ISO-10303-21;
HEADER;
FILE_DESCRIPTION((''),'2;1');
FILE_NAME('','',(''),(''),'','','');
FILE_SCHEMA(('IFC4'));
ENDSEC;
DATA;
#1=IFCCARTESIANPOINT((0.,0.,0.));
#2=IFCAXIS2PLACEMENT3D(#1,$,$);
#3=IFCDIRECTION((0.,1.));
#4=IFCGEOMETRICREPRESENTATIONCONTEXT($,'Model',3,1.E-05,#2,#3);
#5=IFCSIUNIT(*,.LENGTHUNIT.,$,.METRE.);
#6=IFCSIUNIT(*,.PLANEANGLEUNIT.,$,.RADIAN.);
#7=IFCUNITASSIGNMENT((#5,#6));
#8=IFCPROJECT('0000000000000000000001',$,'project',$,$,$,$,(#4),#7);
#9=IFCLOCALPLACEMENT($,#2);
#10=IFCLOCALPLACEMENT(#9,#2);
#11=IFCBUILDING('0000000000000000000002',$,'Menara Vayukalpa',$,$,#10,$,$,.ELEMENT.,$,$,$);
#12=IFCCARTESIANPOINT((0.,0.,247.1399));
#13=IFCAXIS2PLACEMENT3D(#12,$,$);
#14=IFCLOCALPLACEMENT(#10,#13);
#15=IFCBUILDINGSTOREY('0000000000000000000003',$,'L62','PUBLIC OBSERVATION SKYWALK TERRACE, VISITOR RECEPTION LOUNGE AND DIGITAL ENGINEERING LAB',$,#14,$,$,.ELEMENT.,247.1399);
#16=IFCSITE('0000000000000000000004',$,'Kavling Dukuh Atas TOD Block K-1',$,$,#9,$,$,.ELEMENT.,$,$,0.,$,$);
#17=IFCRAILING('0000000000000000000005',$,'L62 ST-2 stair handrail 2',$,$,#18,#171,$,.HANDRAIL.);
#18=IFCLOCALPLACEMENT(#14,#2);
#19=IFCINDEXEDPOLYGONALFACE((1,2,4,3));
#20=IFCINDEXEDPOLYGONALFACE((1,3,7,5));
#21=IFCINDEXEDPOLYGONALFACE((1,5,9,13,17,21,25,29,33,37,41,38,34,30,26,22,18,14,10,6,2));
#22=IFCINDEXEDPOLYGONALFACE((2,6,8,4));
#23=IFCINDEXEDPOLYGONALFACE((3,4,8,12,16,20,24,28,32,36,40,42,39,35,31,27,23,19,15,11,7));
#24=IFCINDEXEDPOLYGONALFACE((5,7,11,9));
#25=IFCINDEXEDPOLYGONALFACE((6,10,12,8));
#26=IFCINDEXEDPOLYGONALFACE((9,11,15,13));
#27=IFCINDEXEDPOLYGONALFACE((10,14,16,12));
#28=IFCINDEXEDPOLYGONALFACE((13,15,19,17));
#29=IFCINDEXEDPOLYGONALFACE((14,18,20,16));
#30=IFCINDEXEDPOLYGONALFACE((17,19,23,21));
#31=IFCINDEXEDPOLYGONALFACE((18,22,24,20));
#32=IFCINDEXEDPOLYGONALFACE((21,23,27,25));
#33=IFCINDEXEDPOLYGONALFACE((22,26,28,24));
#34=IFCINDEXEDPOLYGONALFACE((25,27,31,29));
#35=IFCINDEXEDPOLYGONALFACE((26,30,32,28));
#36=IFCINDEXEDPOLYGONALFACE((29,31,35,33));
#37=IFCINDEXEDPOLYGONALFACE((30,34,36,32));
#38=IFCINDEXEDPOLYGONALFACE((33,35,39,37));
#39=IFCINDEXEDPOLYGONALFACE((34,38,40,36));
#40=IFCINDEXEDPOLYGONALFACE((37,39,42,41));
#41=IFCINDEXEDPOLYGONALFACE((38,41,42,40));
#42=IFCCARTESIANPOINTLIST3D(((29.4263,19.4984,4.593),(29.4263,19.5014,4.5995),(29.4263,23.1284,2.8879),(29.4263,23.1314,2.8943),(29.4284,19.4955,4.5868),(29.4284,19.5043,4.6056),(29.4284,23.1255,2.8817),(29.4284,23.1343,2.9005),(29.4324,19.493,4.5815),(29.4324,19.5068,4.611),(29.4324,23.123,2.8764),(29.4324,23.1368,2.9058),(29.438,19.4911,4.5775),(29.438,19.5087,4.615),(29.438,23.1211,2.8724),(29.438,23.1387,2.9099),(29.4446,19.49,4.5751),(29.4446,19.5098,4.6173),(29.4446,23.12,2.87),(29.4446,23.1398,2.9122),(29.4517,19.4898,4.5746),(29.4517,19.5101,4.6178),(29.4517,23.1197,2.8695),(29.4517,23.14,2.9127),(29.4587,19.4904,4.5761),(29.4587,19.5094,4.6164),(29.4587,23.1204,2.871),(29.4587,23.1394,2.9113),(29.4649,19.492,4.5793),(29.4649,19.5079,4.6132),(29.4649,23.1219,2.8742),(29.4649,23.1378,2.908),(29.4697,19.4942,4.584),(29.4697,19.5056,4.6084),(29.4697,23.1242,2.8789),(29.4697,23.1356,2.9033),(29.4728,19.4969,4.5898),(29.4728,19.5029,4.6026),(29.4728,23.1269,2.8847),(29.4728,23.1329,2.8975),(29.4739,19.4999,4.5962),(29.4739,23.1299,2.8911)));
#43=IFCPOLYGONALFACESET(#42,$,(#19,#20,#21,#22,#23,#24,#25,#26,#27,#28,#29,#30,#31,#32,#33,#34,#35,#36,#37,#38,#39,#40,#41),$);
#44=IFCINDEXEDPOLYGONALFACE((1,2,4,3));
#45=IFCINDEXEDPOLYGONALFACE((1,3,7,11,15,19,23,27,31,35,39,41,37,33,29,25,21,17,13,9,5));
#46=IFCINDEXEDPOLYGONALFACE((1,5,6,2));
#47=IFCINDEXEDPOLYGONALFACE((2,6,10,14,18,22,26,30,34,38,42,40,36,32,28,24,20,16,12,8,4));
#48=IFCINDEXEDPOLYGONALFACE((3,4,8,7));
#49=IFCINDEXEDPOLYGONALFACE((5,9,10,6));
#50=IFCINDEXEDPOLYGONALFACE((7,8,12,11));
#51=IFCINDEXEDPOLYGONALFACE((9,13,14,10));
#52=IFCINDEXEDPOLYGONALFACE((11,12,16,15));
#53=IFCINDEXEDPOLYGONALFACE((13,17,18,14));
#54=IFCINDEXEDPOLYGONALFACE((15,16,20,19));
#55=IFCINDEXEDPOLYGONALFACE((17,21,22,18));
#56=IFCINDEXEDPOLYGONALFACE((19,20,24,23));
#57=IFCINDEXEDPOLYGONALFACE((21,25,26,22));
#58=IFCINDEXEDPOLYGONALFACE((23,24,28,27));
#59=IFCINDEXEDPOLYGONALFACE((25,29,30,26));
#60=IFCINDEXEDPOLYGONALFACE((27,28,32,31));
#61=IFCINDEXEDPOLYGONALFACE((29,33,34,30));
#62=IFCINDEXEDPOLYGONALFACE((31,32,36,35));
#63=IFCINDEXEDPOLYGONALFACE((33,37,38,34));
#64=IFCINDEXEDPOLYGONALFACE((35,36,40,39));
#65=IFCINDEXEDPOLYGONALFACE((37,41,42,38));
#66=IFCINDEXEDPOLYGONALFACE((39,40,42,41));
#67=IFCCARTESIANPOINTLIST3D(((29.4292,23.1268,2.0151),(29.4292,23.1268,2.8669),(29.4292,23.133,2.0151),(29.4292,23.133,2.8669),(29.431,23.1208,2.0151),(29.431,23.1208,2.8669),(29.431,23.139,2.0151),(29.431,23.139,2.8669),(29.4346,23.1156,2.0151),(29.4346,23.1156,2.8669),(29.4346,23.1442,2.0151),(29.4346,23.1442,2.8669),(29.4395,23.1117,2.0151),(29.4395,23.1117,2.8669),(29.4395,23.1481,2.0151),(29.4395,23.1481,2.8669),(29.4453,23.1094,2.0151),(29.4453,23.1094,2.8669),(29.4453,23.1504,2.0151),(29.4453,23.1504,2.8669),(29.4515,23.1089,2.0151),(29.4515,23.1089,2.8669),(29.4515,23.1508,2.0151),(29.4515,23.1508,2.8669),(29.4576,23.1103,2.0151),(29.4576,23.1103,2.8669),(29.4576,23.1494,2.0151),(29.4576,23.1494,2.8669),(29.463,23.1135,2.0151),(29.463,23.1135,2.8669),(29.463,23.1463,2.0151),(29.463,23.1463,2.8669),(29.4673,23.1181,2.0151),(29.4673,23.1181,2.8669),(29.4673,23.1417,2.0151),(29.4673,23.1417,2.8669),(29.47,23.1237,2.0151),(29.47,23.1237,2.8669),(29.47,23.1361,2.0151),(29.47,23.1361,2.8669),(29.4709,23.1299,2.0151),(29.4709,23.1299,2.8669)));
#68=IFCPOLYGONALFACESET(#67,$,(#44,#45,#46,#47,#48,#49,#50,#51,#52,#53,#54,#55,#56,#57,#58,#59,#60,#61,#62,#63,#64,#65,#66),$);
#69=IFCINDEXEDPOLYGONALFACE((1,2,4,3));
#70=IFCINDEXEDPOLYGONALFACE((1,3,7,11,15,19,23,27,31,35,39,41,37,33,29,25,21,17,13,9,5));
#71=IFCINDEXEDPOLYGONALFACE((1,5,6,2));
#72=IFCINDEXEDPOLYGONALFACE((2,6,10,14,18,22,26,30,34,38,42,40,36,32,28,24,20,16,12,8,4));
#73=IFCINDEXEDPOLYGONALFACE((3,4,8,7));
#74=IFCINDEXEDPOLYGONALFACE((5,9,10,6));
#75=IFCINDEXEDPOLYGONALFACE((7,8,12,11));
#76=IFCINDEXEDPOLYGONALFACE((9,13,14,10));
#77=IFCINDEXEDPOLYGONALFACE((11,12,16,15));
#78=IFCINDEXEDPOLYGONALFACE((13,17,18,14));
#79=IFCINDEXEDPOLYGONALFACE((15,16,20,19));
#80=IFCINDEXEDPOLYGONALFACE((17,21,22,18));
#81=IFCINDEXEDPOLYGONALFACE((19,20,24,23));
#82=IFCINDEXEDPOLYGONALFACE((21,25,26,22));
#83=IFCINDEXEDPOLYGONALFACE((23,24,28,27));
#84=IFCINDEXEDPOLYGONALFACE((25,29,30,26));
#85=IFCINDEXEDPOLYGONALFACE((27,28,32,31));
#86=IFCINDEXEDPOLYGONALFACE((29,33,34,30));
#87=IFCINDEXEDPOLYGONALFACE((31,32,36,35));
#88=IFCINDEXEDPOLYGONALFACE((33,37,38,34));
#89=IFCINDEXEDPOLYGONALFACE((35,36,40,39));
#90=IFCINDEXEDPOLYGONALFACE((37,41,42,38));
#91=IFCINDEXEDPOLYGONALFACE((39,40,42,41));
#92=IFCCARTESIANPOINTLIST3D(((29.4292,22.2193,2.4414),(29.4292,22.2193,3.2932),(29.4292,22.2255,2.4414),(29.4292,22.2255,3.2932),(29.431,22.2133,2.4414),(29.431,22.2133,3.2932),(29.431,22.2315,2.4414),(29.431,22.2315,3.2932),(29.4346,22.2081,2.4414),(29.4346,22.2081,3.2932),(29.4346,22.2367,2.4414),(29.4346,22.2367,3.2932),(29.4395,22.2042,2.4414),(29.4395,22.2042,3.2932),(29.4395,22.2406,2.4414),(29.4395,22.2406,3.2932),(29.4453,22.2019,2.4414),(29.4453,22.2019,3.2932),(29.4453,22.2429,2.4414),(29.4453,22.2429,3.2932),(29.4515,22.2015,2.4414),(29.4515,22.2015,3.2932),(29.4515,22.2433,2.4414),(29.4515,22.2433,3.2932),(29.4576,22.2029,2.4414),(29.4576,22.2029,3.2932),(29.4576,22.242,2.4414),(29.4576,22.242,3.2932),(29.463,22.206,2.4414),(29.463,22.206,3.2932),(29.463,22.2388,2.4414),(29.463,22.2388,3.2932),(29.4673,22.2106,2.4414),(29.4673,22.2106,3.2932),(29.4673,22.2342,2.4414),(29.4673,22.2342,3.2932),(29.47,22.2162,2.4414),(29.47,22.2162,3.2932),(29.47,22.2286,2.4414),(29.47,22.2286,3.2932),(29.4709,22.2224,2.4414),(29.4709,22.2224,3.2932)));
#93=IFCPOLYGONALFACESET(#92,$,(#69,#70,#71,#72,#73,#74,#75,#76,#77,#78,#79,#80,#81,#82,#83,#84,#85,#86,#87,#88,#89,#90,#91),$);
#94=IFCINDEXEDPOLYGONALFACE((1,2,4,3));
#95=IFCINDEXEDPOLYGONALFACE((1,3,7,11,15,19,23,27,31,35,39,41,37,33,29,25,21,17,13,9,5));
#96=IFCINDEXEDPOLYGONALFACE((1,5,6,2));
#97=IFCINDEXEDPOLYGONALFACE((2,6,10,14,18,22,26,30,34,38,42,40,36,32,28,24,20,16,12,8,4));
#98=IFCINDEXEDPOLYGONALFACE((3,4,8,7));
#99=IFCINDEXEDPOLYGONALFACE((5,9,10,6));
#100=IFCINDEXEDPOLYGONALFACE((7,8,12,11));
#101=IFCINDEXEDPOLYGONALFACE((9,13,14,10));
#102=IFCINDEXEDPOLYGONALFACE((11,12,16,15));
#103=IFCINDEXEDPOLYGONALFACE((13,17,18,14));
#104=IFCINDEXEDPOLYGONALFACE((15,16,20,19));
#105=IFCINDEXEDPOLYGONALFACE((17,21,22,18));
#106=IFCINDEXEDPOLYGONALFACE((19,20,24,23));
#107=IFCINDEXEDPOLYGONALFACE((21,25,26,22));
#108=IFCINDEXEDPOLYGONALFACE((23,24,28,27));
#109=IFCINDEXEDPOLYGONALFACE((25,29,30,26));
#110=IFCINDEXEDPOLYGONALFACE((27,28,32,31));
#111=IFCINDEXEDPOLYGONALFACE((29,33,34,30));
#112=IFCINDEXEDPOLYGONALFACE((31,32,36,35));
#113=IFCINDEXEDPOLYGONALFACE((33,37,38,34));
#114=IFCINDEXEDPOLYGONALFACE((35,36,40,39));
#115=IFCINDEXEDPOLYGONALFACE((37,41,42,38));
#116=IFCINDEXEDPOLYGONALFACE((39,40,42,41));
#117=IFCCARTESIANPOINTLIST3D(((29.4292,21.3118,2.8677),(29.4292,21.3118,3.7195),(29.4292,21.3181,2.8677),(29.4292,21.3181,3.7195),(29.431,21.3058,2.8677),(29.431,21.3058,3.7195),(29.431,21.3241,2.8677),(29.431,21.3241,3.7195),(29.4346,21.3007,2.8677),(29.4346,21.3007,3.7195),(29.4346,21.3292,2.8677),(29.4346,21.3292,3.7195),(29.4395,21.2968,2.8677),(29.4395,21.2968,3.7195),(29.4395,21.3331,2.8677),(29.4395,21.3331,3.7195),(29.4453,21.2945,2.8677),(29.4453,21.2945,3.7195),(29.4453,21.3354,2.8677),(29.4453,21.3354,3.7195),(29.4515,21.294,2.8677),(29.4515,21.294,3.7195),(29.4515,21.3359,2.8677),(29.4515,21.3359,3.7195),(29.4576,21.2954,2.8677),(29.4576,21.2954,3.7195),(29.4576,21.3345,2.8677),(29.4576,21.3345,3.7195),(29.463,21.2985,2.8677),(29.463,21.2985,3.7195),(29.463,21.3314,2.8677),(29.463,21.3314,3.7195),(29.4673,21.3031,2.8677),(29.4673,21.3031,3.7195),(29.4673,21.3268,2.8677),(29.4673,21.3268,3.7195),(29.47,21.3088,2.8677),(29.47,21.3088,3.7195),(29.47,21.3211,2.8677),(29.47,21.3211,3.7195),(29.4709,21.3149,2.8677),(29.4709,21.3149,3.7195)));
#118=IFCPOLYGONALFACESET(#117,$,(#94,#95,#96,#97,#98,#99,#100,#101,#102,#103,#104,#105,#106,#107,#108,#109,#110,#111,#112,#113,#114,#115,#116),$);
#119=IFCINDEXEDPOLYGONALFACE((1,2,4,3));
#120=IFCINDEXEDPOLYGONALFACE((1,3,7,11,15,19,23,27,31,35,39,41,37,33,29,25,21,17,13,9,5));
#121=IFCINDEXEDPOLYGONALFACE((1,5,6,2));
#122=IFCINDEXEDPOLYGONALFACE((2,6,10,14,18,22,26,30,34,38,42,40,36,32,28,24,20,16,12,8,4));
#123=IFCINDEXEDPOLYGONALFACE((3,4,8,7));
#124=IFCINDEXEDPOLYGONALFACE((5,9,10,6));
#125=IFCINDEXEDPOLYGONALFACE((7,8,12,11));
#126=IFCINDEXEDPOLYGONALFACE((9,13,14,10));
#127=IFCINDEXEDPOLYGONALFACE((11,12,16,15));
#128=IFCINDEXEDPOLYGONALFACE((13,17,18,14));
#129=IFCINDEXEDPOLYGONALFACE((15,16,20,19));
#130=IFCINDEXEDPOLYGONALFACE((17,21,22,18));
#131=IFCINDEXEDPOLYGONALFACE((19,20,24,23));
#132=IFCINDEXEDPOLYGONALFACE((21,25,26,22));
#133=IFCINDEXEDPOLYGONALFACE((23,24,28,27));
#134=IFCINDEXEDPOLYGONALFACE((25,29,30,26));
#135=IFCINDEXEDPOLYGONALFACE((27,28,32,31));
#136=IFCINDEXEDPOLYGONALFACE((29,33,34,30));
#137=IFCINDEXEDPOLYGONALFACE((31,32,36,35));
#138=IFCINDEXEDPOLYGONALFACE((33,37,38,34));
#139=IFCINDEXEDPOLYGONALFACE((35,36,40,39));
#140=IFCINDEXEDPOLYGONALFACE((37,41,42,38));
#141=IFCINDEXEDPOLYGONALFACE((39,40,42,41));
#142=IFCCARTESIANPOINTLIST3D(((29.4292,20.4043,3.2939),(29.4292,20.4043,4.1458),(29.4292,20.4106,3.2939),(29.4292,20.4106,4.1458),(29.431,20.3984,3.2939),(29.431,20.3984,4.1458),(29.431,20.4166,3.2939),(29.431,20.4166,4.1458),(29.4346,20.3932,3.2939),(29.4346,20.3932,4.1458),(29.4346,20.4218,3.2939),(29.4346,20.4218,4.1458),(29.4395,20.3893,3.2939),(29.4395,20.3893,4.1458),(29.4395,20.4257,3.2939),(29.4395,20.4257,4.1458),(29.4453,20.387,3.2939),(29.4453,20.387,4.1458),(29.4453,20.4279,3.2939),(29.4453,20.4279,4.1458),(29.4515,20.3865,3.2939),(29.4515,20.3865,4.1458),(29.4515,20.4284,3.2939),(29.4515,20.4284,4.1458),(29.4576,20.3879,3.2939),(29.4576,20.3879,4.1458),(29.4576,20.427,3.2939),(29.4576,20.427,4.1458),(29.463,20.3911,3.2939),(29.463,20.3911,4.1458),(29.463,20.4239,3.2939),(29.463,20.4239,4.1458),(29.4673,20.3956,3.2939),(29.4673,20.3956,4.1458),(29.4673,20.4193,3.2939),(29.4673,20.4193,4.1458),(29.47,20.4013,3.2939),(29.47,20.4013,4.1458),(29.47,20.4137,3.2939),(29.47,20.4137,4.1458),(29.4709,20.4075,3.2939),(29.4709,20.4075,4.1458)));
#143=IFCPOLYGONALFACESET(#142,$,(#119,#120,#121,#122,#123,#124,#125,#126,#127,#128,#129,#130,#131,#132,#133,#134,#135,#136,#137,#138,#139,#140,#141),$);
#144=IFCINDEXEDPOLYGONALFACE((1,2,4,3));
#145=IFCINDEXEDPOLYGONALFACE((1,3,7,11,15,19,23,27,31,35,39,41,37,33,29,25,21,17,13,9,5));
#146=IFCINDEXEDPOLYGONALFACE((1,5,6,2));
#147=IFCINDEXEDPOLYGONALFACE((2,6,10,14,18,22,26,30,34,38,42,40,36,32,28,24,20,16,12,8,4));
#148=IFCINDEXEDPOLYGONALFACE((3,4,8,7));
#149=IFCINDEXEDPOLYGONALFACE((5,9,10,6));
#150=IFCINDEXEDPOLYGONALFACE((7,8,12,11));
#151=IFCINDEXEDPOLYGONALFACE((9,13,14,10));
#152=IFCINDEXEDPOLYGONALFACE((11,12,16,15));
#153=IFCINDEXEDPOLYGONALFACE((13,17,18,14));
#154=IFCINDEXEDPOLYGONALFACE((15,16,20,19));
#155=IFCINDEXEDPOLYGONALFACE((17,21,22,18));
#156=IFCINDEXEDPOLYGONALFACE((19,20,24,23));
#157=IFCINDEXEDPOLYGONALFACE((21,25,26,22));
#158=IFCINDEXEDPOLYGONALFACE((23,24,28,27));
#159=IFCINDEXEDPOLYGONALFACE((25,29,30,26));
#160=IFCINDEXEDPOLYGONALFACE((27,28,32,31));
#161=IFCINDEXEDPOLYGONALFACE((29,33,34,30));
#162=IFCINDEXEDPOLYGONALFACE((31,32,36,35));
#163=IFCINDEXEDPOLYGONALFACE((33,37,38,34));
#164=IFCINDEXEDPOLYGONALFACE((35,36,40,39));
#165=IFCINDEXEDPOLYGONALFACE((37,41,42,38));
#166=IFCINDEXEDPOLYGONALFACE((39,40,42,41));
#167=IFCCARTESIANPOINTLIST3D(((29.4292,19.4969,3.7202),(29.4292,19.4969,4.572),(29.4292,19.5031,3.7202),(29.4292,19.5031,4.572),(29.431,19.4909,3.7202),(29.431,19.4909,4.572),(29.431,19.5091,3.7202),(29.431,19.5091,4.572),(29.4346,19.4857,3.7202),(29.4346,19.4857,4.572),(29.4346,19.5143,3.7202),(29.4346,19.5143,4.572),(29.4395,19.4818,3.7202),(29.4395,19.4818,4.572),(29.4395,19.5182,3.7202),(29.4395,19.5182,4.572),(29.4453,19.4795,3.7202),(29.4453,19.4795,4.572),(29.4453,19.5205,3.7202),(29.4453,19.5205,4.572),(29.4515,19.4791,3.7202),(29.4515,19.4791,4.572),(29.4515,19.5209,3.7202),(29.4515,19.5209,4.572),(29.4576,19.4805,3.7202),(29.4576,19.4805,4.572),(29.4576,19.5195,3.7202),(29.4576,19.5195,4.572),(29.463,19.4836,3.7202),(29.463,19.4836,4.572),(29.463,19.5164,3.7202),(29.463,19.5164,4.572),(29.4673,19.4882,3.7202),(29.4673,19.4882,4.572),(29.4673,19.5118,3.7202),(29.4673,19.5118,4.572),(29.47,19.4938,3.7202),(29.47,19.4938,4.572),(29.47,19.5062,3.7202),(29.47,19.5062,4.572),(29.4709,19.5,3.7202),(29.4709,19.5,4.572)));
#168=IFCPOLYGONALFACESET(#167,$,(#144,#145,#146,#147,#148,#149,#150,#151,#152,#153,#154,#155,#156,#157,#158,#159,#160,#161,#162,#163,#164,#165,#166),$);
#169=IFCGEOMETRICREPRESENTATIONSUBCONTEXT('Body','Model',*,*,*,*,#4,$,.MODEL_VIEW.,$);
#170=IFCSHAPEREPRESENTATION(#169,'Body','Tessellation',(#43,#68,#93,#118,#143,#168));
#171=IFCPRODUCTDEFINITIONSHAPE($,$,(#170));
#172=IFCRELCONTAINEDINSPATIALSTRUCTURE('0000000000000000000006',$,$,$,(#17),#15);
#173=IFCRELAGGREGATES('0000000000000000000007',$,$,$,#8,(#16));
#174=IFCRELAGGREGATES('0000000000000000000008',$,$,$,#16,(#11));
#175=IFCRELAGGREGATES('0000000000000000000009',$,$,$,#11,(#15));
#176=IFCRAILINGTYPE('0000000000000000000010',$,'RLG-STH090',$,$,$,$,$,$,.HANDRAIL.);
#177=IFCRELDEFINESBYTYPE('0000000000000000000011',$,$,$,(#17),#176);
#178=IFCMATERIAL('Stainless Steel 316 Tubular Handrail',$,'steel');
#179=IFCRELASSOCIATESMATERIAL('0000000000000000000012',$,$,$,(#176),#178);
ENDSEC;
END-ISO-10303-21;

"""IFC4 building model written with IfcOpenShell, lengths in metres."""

from ifc_helpers import new_model, si_unit, direction, frame, origin, origin_2d, place, context, subcontext, project, spatial, circle, extrude, material, type_object, element, save


model = new_model("IFC4")

# Units and contexts
model_context = context("Model", 3, precision=1e-05, world=origin(), true_north=direction((0.0, 1.0)))
body_context = subcontext(model_context, "Body", "Model", "MODEL_VIEW")
ifc_project = project(units=[si_unit("LENGTHUNIT", "METRE"), si_unit("PLANEANGLEUNIT", "RADIAN")], contexts=[model_context])

# Site, building, storey
site_placement = place(None, origin())
site = spatial("IfcSite", under=ifc_project, at=site_placement, Name="Kavling Dukuh Atas TOD Block K-1", CompositionType="ELEMENT", RefElevation=0.0)
building_placement = place(site_placement, origin())
building = spatial("IfcBuilding", under=site, at=building_placement, Name="Menara Vayukalpa", CompositionType="ELEMENT")
storey_placement = place(building_placement, frame((0.0, 0.0, 247.1399)))
storey = spatial("IfcBuildingStorey", under=building, at=storey_placement, Name="L62", Description="PUBLIC OBSERVATION SKYWALK TERRACE, VISITOR RECEPTION LOUNGE AND DIGITAL ENGINEERING LAB", CompositionType="ELEMENT", Elevation=247.1399)

# Railing
ifc_material_1 = material(Name="Stainless Steel 316 Tubular Handrail", Category="steel")
railing_type_1 = type_object("IfcRailingType", Name="RLG-STH090", PredefinedType="HANDRAIL", material=ifc_material_1)
railing_1_placement = place(storey_placement, frame((29.45, 23.1299, 2.0151)))
element("IfcRailing", 1, at=railing_1_placement, inside=storey, type_object=railing_type_1, Name="L62 ST-2 stair handrail 2", PredefinedType="HANDRAIL", context=body_context, shape_type="SweptSolid", body=[
    extrude(circle(Radius=0.0239, at=origin_2d()), frame((0.0, 0.0, 0.876), z_axis=(0.0, -0.905116, 0.425164), x_axis=(1.0, 0.0, 0.0)), (0.0, 0.0, 1.0), 4.0105),
    extrude(circle(Radius=0.021, at=origin_2d()), origin(), (0.0, 0.0, 1.0), 0.8518),
    extrude(circle(Radius=0.021, at=origin_2d()), frame((0.0, -0.9075, 0.4263)), (0.0, 0.0, 1.0), 0.8518),
    extrude(circle(Radius=0.021, at=origin_2d()), frame((0.0, -1.8149, 0.8525)), (0.0, 0.0, 1.0), 0.8518),
    extrude(circle(Radius=0.021, at=origin_2d()), frame((0.0, -2.7224, 1.2788)), (0.0, 0.0, 1.0), 0.8518),
    extrude(circle(Radius=0.021, at=origin_2d()), frame((0.0, -3.6299, 1.7051)), (0.0, 0.0, 1.0), 0.8518),
])

save(model, "model.ifc")
